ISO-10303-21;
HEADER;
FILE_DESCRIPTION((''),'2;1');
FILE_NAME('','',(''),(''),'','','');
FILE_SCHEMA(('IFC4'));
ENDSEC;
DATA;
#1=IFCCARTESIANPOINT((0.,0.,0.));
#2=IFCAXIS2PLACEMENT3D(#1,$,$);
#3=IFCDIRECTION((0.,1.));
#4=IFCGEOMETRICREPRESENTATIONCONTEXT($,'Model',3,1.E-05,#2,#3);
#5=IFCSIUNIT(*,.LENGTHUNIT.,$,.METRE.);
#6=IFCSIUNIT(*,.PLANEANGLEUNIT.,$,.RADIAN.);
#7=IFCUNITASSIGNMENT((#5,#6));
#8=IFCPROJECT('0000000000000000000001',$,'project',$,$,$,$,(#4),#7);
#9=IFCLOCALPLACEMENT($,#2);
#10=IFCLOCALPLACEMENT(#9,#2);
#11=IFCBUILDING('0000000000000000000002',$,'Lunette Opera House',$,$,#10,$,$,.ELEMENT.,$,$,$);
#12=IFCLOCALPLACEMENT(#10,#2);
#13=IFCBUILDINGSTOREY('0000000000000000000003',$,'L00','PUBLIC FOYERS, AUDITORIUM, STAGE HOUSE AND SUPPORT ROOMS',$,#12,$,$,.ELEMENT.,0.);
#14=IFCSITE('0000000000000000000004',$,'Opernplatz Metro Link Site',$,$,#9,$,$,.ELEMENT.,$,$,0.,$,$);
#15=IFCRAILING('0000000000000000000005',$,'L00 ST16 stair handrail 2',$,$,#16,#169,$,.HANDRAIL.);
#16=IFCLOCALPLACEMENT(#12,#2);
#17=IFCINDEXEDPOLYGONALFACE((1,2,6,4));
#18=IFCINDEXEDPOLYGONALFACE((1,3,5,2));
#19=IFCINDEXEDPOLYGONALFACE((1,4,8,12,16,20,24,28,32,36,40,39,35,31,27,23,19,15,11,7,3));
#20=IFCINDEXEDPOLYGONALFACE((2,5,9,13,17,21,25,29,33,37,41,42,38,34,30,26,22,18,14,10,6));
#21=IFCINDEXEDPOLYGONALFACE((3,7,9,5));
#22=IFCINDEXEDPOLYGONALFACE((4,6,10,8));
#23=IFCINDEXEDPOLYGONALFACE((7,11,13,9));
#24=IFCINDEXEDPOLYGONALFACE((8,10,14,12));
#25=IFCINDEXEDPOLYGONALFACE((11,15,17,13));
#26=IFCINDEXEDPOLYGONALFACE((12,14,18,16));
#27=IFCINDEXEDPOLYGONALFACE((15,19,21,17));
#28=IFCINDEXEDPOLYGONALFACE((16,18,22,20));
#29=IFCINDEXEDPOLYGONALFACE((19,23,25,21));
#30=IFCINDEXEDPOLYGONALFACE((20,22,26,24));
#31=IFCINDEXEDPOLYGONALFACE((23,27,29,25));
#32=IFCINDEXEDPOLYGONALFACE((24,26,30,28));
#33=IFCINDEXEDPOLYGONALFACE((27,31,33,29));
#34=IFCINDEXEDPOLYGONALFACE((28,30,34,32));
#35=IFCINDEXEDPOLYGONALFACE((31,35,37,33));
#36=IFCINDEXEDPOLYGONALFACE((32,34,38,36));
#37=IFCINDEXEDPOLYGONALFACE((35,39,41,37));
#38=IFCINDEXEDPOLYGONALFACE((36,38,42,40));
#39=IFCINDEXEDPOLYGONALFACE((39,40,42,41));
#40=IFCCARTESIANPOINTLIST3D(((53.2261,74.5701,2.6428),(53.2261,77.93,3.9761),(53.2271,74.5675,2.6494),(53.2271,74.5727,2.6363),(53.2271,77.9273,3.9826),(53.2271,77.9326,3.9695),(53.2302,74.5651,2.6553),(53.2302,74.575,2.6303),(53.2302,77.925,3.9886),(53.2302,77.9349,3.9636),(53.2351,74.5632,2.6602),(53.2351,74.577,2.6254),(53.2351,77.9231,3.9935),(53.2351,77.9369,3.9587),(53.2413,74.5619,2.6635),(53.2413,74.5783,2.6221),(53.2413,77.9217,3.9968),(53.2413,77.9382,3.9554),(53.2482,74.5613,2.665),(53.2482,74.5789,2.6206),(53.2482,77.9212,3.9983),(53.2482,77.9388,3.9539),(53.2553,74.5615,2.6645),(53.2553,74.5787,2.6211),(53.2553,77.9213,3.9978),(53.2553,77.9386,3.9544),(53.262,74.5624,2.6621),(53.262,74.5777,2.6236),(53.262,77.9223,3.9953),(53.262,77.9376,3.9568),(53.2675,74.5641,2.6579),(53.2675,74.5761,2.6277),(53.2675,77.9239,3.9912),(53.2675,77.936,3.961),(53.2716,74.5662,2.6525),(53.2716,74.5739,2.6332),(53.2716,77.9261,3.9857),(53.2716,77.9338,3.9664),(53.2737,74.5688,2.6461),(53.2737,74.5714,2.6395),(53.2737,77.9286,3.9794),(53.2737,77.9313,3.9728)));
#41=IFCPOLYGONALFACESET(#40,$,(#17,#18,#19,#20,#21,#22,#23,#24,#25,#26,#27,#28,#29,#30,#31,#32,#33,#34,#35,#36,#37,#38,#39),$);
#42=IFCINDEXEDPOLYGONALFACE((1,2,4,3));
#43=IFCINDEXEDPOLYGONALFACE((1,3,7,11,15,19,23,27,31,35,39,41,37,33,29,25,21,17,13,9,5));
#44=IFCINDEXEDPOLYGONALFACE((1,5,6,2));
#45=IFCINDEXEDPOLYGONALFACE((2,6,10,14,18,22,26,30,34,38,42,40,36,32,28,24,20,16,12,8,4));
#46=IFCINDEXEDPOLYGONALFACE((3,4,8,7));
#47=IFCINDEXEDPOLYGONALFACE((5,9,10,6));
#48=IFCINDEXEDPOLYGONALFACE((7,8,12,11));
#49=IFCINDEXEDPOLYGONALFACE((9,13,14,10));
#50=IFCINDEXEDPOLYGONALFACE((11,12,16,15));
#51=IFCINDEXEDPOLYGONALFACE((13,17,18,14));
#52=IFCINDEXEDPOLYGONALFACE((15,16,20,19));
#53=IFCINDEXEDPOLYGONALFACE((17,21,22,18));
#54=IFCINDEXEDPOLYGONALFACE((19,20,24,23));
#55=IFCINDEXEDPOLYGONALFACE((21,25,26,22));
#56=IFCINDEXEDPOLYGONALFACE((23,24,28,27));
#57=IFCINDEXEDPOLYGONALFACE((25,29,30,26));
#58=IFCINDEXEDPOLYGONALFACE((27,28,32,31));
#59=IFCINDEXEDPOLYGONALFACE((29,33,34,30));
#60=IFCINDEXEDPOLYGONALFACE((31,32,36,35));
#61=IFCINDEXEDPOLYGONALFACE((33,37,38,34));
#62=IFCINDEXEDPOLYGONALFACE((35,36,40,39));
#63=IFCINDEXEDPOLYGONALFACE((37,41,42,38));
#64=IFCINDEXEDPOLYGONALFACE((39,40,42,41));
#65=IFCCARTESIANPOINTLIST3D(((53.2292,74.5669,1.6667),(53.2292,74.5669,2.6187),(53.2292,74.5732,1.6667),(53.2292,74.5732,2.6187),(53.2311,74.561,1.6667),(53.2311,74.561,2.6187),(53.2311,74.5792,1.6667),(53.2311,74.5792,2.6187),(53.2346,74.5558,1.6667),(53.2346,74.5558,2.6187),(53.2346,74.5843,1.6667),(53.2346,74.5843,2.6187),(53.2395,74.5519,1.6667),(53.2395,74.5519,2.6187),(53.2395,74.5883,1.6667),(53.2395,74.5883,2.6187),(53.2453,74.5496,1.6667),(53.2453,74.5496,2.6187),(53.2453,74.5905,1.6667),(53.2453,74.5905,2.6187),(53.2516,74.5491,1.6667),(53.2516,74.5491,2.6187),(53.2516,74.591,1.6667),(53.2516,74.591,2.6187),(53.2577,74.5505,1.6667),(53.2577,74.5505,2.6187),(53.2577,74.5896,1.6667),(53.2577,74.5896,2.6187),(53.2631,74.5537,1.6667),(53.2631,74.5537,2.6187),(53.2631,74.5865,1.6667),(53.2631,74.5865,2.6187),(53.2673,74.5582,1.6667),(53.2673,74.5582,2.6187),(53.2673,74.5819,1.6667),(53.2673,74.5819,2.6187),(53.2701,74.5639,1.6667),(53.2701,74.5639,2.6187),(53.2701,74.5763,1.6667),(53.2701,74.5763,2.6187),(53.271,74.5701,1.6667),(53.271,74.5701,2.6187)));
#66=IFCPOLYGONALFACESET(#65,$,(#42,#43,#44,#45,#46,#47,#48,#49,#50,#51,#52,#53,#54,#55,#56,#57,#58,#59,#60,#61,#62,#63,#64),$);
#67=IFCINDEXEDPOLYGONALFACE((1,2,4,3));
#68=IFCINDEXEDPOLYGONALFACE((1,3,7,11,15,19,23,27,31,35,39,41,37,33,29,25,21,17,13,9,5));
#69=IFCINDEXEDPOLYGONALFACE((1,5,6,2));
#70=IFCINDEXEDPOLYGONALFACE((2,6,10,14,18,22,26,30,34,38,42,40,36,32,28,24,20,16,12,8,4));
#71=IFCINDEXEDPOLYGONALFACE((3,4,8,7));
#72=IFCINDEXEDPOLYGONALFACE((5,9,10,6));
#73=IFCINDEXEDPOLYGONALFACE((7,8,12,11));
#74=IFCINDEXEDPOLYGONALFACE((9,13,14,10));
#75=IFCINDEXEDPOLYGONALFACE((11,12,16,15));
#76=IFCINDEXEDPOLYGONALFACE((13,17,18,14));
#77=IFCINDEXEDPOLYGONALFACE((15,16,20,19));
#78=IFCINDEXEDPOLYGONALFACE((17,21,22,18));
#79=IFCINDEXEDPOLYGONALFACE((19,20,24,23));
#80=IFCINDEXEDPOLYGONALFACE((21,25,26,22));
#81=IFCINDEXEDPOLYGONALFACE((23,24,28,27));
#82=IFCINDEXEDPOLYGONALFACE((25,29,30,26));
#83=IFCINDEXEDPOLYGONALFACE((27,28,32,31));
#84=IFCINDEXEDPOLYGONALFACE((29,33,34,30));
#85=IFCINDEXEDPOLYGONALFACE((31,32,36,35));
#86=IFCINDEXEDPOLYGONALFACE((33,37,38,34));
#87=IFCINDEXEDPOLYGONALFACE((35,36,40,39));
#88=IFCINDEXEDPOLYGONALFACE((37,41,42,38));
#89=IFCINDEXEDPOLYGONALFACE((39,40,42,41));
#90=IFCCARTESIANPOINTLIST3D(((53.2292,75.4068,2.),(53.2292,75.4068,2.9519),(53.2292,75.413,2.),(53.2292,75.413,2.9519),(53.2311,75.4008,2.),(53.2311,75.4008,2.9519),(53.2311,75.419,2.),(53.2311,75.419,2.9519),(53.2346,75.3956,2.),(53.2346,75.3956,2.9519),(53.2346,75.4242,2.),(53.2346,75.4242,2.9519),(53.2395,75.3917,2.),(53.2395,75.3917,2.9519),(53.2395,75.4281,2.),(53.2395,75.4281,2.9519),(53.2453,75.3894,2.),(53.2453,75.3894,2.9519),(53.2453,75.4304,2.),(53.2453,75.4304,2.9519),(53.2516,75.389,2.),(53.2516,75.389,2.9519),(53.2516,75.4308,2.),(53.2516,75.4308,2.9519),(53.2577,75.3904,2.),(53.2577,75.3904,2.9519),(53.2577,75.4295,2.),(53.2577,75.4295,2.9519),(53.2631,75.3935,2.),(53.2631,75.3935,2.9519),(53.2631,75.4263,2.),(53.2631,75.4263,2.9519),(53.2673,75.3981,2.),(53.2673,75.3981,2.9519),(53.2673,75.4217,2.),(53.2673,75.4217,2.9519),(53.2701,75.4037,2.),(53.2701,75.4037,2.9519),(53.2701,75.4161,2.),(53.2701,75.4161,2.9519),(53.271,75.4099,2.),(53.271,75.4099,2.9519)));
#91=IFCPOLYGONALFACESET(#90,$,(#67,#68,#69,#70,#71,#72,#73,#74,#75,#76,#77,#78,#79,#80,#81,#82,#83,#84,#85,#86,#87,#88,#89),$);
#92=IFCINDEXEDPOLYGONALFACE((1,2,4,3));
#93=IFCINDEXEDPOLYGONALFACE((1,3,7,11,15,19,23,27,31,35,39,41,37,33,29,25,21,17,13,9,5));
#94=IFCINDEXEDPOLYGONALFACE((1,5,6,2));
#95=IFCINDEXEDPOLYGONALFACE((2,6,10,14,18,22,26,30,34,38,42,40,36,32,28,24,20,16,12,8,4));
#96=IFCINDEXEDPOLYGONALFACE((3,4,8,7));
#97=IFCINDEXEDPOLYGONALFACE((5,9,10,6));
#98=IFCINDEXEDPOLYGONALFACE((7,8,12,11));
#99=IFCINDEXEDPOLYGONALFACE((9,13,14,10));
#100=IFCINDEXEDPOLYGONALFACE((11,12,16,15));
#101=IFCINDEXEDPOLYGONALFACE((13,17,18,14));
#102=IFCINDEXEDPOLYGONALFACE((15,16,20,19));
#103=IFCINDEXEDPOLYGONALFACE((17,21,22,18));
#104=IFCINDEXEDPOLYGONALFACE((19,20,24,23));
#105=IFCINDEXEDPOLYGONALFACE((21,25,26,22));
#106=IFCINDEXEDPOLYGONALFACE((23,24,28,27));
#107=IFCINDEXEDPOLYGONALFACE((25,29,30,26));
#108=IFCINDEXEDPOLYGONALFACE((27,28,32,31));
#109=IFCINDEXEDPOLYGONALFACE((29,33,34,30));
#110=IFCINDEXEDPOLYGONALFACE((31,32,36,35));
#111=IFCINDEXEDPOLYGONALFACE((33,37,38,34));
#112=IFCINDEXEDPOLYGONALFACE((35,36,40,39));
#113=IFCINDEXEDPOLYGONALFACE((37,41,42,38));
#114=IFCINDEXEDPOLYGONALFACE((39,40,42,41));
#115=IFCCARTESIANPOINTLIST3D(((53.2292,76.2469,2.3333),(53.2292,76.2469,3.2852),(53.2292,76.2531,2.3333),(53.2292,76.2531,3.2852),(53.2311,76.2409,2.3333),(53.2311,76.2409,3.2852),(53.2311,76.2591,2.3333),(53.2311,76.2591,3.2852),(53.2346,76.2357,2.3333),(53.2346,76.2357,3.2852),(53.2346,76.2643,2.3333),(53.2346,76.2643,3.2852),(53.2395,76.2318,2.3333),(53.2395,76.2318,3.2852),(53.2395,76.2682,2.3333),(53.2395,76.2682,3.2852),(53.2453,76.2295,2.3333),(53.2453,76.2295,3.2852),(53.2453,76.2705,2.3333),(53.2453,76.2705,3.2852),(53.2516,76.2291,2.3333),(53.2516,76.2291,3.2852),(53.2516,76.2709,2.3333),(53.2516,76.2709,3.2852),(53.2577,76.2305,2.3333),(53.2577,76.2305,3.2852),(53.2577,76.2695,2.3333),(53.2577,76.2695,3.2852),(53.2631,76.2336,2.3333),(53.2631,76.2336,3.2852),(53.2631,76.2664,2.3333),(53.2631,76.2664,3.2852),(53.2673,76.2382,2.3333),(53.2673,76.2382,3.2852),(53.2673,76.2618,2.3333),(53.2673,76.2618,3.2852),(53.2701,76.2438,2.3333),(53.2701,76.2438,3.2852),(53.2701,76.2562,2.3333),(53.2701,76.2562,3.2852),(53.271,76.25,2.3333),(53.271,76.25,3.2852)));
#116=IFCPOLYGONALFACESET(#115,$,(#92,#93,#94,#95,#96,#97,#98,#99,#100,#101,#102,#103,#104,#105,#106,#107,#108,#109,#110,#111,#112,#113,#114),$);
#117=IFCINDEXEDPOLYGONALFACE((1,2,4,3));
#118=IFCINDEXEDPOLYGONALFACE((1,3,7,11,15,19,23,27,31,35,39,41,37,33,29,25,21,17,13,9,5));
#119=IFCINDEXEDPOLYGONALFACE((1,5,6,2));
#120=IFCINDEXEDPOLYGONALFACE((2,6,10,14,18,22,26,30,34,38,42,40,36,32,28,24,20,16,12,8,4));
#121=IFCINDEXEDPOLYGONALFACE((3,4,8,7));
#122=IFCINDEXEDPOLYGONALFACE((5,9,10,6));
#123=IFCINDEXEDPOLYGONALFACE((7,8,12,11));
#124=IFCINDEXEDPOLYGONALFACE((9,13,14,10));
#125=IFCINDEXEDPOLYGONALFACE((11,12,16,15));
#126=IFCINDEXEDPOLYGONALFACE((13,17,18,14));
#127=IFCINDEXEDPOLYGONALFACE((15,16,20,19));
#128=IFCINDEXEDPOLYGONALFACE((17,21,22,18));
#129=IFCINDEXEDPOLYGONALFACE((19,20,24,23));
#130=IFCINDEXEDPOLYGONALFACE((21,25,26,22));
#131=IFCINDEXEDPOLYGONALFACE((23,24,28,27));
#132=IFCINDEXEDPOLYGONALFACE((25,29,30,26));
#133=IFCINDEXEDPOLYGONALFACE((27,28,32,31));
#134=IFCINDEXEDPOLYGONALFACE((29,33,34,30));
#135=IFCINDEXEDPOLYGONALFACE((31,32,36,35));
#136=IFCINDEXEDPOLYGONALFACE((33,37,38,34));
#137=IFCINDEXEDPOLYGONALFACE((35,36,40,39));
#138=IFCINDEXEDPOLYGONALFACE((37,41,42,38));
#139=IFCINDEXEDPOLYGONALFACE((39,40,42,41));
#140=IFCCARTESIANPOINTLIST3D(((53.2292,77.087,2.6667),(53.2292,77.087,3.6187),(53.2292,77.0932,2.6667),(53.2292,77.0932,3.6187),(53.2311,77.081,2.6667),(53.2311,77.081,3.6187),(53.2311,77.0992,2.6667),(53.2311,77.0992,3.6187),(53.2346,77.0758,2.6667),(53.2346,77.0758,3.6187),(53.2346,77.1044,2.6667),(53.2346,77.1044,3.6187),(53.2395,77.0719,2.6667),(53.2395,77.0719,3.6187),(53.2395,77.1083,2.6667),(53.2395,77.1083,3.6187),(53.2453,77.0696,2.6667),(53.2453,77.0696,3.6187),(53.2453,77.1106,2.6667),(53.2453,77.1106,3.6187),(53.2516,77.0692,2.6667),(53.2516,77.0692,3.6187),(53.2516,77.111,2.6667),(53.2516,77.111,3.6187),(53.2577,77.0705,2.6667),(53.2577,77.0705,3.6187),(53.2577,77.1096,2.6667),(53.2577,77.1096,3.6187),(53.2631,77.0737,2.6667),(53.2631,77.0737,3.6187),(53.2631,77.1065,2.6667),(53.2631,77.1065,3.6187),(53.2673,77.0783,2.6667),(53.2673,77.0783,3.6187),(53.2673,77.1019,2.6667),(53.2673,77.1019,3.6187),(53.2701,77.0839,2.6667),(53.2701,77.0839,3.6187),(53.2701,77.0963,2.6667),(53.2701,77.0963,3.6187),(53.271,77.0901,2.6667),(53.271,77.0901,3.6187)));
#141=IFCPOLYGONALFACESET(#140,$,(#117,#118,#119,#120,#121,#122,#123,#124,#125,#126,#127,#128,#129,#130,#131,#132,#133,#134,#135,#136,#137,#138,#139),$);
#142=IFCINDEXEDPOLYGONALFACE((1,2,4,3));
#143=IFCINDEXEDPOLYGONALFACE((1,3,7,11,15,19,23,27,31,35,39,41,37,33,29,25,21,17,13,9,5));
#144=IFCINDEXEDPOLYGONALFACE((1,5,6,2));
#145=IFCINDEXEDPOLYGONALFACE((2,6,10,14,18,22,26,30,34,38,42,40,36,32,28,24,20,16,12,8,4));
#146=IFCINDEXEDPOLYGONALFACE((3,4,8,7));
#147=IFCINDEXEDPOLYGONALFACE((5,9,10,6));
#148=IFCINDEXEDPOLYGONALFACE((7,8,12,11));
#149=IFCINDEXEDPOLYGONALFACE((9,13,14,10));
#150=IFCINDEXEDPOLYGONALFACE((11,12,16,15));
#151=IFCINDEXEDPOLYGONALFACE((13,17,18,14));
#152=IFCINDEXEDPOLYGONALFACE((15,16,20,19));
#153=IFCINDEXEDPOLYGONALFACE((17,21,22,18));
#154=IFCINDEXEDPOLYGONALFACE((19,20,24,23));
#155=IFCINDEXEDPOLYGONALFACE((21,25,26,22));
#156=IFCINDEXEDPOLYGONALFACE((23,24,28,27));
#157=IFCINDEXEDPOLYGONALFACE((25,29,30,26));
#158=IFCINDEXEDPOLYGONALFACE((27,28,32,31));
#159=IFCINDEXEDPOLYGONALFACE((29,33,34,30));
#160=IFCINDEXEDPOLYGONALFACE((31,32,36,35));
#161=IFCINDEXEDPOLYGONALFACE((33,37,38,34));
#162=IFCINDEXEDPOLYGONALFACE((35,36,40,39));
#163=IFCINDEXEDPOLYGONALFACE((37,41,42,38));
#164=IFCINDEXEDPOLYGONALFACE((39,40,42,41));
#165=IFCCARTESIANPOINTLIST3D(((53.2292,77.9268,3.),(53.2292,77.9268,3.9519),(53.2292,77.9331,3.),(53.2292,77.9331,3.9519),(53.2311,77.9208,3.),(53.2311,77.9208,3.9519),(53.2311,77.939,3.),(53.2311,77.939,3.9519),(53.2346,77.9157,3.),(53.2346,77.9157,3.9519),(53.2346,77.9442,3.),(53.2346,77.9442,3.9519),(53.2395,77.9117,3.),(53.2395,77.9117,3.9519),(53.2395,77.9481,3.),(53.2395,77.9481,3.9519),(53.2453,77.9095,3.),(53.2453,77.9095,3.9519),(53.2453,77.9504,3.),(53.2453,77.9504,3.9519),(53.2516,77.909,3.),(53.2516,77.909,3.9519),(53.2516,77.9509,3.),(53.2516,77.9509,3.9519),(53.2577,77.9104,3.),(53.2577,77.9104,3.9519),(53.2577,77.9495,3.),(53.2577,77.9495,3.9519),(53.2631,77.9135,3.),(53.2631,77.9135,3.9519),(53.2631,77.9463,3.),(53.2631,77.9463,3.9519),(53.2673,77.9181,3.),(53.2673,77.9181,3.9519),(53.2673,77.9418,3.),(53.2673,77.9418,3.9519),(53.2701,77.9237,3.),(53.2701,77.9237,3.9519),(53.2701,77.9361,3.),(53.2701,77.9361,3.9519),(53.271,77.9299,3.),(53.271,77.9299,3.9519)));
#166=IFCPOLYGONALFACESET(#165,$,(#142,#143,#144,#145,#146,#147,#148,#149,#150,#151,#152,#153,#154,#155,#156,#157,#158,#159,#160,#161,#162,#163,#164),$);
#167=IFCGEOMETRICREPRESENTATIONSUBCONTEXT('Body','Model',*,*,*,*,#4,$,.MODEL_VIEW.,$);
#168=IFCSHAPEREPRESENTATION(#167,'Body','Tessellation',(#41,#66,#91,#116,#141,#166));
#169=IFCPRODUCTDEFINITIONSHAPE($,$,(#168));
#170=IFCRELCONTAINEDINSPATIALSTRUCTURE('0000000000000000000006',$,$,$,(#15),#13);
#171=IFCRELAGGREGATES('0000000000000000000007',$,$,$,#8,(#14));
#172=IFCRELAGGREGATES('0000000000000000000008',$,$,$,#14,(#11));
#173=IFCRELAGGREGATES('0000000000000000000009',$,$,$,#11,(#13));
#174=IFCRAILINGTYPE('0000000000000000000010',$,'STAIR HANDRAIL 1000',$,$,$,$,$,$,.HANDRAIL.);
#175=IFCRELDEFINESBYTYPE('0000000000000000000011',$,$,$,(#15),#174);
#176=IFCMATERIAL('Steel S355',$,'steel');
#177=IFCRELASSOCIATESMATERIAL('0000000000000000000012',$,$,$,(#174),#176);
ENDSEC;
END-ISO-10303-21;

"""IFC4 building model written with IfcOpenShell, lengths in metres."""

from ifc_helpers import new_model, si_unit, direction, frame, origin, origin_2d, place, context, subcontext, project, spatial, circle, extrude, material, type_object, element, save


model = new_model("IFC4")

# Units and contexts
model_context = context("Model", 3, precision=1e-05, world=origin(), true_north=direction((0.0, 1.0)))
body_context = subcontext(model_context, "Body", "Model", "MODEL_VIEW")
ifc_project = project(units=[si_unit("LENGTHUNIT", "METRE"), si_unit("PLANEANGLEUNIT", "RADIAN")], contexts=[model_context])

# Site, building, storey
site_placement = place(None, origin())
site = spatial("IfcSite", under=ifc_project, at=site_placement, Name="Opernplatz Metro Link Site", CompositionType="ELEMENT", RefElevation=0.0)
building_placement = place(site_placement, origin())
building = spatial("IfcBuilding", under=site, at=building_placement, Name="Lunette Opera House", CompositionType="ELEMENT")
storey_placement = place(building_placement, origin())
storey = spatial("IfcBuildingStorey", under=building, at=storey_placement, Name="L00", Description="PUBLIC FOYERS, AUDITORIUM, STAGE HOUSE AND SUPPORT ROOMS", CompositionType="ELEMENT", Elevation=0.0)

# Railing
ifc_material_1 = material(Name="Steel S355", Category="steel")
railing_type_1 = type_object("IfcRailingType", Name="STAIR HANDRAIL 1000", PredefinedType="HANDRAIL", material=ifc_material_1)
railing_1_placement = place(storey_placement, frame((53.25, 74.5701, 1.6667)))
element("IfcRailing", 1, at=railing_1_placement, inside=storey, type_object=railing_type_1, Name="L00 ST16 stair handrail 2", PredefinedType="HANDRAIL", context=body_context, shape_type="SweptSolid", body=[
    extrude(circle(Radius=0.0239, at=origin_2d()), frame((0.0, 0.0, 0.9761), z_axis=(0.0, 0.929493, 0.368839), x_axis=(-1.0, 0.0, 0.0)), (0.0, 0.0, 1.0), 3.6147),
    extrude(circle(Radius=0.021, at=origin_2d()), origin(), (0.0, 0.0, 1.0), 0.9519),
    extrude(circle(Radius=0.021, at=origin_2d()), frame((0.0, 0.8398, 0.3333)), (0.0, 0.0, 1.0), 0.9519),
    extrude(circle(Radius=0.021, at=origin_2d()), frame((0.0, 1.6799, 0.6665)), (0.0, 0.0, 1.0), 0.9519),
    extrude(circle(Radius=0.021, at=origin_2d()), frame((0.0, 2.52, 1.0)), (0.0, 0.0, 1.0), 0.9519),
    extrude(circle(Radius=0.021, at=origin_2d()), frame((0.0, 3.3599, 1.3333)), (0.0, 0.0, 1.0), 0.9519),
])

save(model, "model.ifc")
